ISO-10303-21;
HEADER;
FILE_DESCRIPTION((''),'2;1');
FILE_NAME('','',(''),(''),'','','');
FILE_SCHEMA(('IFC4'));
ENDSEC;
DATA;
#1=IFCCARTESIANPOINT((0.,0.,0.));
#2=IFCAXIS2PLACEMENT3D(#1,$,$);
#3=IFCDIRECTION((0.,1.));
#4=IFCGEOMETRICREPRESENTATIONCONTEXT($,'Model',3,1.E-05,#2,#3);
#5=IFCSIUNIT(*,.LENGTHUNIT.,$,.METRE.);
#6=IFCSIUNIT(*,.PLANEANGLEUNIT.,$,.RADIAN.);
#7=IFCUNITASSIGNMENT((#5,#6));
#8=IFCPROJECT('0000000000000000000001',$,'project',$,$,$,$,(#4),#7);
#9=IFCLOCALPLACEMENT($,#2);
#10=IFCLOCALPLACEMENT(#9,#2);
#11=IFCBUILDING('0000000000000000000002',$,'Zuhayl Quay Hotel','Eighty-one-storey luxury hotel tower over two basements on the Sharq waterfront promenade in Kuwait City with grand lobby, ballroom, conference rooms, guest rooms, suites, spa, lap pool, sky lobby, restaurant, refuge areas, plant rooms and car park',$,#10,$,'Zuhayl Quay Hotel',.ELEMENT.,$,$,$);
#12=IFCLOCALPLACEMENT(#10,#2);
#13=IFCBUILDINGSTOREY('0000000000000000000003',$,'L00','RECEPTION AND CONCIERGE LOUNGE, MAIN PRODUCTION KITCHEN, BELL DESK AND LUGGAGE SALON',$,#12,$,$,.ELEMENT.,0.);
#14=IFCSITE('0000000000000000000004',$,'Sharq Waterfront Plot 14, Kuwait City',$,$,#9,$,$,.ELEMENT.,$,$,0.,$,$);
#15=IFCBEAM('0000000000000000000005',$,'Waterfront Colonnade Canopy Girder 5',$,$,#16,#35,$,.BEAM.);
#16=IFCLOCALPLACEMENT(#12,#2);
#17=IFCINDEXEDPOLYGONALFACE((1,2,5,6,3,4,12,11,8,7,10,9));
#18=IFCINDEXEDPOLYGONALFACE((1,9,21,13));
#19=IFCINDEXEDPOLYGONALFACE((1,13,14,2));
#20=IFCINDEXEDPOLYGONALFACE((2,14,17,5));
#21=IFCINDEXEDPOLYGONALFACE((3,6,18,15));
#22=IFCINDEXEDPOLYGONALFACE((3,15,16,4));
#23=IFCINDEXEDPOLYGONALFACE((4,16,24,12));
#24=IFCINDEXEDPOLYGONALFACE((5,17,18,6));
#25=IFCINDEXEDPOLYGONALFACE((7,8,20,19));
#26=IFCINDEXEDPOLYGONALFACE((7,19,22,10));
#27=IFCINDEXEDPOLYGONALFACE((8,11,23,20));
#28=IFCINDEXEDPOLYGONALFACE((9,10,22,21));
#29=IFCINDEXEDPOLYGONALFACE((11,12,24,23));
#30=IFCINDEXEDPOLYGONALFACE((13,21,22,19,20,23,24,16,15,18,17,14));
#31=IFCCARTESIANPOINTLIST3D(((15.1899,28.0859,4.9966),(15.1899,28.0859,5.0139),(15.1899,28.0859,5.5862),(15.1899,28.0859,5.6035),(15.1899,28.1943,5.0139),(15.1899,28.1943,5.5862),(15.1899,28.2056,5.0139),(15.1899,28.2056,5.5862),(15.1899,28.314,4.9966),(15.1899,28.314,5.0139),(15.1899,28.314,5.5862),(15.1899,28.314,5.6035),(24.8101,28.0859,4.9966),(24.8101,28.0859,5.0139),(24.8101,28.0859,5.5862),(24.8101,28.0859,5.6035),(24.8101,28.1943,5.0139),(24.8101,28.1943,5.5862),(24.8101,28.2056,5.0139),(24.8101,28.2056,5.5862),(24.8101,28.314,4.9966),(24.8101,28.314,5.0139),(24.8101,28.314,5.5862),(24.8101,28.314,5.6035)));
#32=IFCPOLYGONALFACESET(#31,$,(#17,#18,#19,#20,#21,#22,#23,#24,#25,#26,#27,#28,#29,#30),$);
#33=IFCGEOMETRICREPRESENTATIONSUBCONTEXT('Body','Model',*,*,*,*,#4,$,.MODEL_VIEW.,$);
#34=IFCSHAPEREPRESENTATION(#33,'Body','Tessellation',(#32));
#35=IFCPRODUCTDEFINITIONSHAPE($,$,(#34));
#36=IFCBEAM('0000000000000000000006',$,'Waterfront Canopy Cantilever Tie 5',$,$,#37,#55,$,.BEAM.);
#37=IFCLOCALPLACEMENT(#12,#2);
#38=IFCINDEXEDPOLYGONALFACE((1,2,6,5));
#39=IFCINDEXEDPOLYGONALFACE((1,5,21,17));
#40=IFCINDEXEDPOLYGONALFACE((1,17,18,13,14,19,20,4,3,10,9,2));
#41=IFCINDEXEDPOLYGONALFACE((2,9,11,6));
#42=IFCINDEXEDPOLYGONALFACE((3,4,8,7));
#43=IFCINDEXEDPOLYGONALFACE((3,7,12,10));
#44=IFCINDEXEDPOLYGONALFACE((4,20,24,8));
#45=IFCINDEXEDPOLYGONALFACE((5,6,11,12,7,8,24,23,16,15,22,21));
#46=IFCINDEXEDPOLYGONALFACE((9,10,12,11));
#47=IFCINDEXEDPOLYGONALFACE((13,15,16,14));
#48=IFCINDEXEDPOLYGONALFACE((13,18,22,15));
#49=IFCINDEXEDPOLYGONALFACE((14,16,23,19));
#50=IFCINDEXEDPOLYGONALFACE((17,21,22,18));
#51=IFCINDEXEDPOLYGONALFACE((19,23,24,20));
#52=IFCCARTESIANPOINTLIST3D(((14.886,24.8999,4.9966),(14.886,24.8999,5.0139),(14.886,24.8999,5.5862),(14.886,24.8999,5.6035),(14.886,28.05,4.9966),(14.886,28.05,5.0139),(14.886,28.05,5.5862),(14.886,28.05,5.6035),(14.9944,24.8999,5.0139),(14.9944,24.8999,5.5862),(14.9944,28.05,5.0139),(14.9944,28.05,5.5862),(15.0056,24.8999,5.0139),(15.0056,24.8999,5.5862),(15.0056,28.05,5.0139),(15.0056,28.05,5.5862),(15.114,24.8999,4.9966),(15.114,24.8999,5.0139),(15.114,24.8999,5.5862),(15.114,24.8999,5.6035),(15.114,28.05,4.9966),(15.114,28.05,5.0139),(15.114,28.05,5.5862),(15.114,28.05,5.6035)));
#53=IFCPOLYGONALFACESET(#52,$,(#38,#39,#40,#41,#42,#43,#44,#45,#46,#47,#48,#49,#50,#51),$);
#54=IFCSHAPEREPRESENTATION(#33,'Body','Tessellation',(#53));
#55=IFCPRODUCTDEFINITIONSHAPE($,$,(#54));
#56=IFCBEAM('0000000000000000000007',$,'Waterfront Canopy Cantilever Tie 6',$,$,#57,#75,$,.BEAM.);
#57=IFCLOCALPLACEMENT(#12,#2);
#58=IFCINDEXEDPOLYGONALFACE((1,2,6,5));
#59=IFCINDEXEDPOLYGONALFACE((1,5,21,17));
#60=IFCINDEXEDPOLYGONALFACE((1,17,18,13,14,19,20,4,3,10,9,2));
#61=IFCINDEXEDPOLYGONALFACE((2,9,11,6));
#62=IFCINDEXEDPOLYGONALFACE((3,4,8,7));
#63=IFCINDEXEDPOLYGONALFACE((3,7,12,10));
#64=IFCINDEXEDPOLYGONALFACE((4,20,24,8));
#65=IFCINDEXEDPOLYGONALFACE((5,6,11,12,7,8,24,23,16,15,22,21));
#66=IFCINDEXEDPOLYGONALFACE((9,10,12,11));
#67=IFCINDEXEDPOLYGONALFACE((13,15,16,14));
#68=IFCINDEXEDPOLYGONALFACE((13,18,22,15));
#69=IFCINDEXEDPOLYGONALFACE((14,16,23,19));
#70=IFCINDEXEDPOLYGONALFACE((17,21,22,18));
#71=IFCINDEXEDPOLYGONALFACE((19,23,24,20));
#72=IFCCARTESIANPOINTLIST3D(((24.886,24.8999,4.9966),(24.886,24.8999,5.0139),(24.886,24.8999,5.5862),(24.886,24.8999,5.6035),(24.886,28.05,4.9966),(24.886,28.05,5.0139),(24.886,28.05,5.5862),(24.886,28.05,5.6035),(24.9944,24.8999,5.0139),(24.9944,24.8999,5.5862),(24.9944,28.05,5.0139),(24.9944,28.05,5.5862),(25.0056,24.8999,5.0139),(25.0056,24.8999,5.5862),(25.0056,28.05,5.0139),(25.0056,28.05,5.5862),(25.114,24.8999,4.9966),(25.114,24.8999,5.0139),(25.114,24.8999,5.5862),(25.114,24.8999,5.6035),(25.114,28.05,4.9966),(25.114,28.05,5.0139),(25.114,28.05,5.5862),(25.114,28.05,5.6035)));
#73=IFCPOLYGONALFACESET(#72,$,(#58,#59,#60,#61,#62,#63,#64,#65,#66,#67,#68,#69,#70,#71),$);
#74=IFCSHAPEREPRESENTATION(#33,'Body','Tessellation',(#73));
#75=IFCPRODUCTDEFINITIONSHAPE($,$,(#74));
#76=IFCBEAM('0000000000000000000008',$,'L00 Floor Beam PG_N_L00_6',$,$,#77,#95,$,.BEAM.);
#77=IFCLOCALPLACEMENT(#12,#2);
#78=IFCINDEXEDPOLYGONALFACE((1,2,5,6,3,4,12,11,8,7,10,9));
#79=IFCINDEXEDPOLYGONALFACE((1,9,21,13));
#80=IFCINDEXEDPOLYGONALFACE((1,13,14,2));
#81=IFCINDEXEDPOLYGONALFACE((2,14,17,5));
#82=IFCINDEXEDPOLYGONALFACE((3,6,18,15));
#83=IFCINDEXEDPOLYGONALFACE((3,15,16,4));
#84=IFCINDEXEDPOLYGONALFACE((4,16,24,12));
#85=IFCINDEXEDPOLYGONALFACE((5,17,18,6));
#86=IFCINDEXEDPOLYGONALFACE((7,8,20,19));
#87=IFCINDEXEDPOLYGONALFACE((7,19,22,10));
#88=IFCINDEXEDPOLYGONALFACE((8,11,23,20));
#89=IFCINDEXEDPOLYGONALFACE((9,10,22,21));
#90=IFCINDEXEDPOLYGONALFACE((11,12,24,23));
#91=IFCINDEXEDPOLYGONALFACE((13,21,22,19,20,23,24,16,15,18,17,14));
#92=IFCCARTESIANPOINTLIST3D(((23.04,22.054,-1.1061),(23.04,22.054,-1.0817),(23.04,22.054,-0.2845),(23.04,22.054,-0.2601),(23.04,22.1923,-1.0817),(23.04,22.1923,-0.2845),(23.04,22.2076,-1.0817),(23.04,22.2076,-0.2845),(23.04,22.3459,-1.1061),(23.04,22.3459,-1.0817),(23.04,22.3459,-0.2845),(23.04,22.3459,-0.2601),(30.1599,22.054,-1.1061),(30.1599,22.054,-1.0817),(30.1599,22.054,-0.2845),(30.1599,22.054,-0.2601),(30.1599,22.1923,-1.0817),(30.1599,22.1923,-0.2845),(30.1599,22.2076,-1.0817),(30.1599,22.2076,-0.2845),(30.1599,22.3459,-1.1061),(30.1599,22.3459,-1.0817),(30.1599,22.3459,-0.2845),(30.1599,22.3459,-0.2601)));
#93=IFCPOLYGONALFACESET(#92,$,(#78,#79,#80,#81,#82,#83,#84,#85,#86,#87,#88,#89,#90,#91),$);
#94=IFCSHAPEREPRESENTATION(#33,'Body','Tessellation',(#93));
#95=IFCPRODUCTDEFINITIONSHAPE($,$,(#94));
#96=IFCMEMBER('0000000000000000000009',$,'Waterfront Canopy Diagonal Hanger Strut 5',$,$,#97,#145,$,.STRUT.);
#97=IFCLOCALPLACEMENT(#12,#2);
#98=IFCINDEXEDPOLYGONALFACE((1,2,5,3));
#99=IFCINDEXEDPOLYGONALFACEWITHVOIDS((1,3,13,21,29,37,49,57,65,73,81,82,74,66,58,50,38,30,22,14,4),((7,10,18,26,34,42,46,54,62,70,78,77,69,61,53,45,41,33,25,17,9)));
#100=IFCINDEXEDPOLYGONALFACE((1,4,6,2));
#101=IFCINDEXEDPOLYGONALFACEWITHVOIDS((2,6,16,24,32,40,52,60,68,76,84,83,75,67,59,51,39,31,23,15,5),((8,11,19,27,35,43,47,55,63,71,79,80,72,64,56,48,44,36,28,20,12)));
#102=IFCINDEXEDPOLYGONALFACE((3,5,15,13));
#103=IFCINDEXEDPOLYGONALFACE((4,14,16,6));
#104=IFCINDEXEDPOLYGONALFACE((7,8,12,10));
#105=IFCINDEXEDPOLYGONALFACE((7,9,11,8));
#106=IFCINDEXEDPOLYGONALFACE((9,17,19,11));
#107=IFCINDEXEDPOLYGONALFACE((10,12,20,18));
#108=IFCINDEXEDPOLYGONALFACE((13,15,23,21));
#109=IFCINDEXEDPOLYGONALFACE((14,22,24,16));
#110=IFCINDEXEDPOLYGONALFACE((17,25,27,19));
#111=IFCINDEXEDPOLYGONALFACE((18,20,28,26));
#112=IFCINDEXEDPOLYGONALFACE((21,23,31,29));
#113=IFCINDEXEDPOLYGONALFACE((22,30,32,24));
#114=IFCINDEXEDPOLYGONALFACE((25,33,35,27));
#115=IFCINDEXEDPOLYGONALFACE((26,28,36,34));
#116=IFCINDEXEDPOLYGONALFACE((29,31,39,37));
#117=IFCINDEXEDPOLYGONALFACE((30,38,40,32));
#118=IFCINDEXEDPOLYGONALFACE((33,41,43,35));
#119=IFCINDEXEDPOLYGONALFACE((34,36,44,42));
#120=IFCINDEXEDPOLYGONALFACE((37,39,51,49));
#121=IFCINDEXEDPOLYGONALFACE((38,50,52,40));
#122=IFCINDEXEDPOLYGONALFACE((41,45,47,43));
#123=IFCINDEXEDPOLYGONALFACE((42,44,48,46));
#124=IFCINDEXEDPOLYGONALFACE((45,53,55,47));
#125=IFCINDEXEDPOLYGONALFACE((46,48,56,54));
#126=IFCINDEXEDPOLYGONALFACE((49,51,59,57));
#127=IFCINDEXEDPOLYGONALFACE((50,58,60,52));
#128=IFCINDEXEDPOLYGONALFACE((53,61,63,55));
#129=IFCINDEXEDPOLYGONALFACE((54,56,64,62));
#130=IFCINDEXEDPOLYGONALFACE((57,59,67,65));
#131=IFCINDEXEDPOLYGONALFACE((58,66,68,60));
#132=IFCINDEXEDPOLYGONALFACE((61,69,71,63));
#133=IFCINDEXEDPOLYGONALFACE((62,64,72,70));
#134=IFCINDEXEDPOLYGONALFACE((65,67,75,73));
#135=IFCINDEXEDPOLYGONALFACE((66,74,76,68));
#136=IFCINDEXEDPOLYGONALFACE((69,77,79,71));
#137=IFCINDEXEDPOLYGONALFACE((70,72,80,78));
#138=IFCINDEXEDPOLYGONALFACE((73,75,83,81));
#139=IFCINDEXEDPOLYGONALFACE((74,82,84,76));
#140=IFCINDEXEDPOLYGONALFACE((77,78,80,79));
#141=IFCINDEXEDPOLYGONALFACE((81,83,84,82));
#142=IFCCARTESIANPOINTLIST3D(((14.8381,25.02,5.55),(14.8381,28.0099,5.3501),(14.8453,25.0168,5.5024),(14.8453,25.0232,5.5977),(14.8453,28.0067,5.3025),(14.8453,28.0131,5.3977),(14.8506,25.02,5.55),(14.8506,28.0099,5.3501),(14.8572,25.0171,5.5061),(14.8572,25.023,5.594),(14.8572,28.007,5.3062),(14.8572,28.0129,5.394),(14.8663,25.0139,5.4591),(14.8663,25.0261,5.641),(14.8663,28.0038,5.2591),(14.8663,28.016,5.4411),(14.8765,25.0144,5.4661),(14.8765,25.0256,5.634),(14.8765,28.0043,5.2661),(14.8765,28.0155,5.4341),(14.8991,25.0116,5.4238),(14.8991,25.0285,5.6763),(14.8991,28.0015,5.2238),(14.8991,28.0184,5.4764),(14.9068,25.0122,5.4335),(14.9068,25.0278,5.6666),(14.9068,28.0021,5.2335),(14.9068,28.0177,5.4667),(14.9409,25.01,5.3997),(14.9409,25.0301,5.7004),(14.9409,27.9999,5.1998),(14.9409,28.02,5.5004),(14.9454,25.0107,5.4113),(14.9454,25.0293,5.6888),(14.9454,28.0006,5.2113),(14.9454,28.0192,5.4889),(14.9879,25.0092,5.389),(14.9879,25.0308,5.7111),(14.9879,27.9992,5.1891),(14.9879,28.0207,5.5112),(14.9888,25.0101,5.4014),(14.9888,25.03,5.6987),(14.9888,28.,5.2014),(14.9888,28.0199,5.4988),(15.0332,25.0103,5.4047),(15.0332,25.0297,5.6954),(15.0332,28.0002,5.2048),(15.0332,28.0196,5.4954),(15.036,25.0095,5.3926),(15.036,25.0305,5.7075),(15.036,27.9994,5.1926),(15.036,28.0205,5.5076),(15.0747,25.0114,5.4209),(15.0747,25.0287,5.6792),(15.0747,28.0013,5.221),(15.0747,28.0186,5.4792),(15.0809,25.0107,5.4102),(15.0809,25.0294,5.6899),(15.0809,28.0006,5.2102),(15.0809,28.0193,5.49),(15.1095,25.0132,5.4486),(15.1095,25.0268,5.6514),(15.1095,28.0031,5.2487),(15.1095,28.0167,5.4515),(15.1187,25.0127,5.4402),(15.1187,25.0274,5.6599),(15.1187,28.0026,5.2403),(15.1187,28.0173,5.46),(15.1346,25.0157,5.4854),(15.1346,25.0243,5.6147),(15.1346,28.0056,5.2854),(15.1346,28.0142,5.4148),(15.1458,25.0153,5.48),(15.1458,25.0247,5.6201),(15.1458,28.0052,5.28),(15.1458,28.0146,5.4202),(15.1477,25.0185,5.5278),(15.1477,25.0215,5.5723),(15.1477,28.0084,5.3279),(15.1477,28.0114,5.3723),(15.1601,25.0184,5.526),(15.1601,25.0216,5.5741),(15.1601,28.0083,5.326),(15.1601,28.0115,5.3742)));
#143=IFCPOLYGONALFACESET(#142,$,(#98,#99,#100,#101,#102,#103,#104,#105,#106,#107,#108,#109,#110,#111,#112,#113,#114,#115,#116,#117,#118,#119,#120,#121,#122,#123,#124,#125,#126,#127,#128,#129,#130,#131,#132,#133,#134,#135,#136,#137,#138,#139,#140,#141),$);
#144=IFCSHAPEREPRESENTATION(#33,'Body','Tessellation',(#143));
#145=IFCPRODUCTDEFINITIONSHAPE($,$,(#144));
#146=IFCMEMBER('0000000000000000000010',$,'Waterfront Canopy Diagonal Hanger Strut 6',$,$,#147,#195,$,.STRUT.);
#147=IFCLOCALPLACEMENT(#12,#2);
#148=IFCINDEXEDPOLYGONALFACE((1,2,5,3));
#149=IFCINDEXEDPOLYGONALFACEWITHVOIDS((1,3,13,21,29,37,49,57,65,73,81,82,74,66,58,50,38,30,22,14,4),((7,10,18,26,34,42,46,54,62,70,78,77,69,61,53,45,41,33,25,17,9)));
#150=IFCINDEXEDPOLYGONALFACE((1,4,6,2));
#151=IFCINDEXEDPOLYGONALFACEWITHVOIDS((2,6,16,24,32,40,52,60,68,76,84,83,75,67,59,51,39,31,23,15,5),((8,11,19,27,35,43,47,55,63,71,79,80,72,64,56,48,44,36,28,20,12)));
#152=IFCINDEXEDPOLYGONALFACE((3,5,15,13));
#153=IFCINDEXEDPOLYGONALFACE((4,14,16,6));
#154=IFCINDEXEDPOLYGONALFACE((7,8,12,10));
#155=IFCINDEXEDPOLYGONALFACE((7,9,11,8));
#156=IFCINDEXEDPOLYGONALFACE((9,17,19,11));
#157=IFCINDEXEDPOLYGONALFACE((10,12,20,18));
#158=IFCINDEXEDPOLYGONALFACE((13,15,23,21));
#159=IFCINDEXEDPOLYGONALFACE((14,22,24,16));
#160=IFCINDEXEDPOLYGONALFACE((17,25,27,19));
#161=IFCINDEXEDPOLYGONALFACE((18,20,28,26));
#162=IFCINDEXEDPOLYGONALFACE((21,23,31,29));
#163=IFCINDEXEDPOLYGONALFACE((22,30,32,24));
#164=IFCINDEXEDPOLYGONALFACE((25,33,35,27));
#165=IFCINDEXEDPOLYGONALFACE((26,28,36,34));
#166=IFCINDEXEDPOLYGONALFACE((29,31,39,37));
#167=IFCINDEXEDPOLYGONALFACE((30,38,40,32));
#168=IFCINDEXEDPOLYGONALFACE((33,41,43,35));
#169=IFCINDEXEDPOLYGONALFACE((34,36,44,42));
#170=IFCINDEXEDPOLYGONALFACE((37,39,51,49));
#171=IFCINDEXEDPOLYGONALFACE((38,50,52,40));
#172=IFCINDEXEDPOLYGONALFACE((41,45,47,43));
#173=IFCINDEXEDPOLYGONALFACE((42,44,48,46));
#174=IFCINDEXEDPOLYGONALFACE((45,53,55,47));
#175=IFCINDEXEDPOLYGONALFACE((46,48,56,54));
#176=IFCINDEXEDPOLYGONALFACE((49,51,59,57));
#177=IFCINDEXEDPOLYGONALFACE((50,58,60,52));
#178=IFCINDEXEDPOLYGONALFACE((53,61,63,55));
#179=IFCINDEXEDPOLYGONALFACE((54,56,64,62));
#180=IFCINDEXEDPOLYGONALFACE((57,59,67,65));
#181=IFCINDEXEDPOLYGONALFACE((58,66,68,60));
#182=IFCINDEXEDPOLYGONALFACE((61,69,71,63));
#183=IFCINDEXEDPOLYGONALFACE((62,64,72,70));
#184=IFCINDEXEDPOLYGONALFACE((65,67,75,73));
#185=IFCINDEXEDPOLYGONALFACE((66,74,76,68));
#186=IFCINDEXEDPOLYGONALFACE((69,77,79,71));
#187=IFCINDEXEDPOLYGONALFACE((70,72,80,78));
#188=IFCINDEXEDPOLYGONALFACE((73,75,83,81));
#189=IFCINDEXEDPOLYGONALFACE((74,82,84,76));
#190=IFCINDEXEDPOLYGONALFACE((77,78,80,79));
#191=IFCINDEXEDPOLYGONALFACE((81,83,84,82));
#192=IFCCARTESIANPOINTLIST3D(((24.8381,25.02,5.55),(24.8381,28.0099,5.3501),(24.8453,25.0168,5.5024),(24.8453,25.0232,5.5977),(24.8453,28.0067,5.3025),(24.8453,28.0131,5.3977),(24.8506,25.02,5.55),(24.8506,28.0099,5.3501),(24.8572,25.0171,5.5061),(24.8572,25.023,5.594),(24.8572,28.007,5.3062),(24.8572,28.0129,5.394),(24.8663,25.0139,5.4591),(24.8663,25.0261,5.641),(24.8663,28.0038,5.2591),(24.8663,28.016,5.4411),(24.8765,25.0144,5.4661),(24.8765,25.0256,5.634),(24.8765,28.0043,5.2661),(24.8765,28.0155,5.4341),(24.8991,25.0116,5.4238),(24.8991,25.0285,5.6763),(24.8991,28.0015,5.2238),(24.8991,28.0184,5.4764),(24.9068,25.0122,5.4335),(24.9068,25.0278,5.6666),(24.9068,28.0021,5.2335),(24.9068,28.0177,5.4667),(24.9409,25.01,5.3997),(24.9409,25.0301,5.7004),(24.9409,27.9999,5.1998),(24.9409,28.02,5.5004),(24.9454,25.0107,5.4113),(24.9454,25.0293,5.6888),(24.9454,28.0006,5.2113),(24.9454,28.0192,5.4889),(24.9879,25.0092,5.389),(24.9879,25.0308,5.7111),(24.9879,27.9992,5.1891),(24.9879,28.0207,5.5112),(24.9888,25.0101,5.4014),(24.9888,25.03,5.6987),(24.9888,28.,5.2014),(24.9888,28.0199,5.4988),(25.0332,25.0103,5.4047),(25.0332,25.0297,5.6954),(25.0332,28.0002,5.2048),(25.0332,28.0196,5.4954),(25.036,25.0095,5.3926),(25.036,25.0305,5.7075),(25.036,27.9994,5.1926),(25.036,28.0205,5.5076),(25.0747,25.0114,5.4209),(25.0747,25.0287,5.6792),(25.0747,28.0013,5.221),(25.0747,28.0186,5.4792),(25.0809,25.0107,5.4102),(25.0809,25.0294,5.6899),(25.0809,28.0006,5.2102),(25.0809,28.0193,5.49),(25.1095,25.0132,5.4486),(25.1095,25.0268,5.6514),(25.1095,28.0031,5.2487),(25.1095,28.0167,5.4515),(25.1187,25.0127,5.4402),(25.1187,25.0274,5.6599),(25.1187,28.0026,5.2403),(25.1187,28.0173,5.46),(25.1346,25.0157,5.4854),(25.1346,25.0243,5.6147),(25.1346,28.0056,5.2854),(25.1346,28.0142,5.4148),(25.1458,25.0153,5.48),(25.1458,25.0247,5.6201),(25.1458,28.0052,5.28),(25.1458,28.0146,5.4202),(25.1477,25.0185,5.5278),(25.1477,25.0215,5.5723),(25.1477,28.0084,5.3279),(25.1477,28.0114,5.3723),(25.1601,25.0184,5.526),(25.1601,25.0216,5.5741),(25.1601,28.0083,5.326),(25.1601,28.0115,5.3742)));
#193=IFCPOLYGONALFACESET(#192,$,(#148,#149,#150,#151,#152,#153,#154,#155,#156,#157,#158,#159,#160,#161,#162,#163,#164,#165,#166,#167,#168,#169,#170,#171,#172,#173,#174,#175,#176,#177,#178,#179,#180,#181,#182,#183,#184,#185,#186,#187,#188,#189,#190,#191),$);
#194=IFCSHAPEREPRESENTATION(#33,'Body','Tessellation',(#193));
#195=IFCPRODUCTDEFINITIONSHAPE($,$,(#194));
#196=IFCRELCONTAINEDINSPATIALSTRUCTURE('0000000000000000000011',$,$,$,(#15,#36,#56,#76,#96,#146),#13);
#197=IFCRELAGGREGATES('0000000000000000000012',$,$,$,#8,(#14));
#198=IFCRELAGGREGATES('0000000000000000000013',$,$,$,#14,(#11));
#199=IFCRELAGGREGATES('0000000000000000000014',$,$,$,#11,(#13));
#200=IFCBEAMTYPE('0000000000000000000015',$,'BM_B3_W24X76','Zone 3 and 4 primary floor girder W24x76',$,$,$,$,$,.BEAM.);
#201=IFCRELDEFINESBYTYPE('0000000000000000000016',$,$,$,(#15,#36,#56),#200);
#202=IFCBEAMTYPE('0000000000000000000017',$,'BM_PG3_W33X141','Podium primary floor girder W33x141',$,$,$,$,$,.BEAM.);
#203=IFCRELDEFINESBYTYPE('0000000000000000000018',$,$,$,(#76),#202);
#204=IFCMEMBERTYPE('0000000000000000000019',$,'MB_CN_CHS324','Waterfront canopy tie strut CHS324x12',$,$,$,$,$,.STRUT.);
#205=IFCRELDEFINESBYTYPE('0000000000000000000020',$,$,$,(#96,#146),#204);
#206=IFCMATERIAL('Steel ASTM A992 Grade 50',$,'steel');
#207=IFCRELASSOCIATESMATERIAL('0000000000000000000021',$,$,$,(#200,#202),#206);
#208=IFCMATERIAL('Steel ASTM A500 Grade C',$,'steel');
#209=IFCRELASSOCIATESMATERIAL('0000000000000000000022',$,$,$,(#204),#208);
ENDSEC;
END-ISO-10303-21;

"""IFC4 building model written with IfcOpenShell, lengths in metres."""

from ifc_helpers import new_model, si_unit, direction, frame, origin, origin_2d, place, context, subcontext, project, spatial, hollow_circle, i_section, extrude, material, material_profile, profile_set, type_object, element, save


model = new_model("IFC4")

# Units and contexts
model_context = context("Model", 3, precision=1e-05, world=origin(), true_north=direction((0.0, 1.0)))
body_context = subcontext(model_context, "Body", "Model", "MODEL_VIEW")
ifc_project = project(units=[si_unit("LENGTHUNIT", "METRE"), si_unit("PLANEANGLEUNIT", "RADIAN")], contexts=[model_context])

# Site, building, storey
site_placement = place(None, origin())
site = spatial("IfcSite", under=ifc_project, at=site_placement, Name="Sharq Waterfront Plot 14, Kuwait City", CompositionType="ELEMENT", RefElevation=0.0)
building_placement = place(site_placement, origin())
building = spatial("IfcBuilding", under=site, at=building_placement, Name="Zuhayl Quay Hotel", Description="Eighty-one-storey luxury hotel tower over two basements on the Sharq waterfront promenade in Kuwait City with grand lobby, ballroom, conference rooms, guest rooms, suites, spa, lap pool, sky lobby, restaurant, refuge areas, plant rooms and car park", LongName="Zuhayl Quay Hotel", CompositionType="ELEMENT")
storey_placement = place(building_placement, origin())
storey = spatial("IfcBuildingStorey", under=building, at=storey_placement, Name="L00", Description="RECEPTION AND CONCIERGE LOUNGE, MAIN PRODUCTION KITCHEN, BELL DESK AND LUGGAGE SALON", CompositionType="ELEMENT", Elevation=0.0)

# Beams
ifc_material_1 = material(Name="Steel ASTM A992 Grade 50", Category="steel")
ifc_material_profile_1 = material_profile(ifc_material_1, i_section(OverallWidth=0.228, OverallDepth=0.6069, WebThickness=0.0112, FlangeThickness=0.0173, at=origin_2d()), Name="W24X76")
ifc_profile_set_1 = profile_set([ifc_material_profile_1], Name="Steel ASTM A992 Grade 50")
beam_type_1 = type_object("IfcBeamType", Name="BM_B3_W24X76", Description="Zone 3 and 4 primary floor girder W24x76", PredefinedType="BEAM", material=ifc_profile_set_1)
beam_1_placement = place(storey_placement, frame((15.1899, 28.2, 5.3), z_axis=(1.0, 0.0, 0.0), x_axis=(0.0, 1.0, 0.0)))
element("IfcBeam", 1, at=beam_1_placement, inside=storey, type_object=beam_type_1, Name="Waterfront Colonnade Canopy Girder 5", PredefinedType="BEAM", context=body_context, shape_type="SweptSolid", body=[
    extrude(i_section(OverallWidth=0.228, OverallDepth=0.6069, WebThickness=0.0112, FlangeThickness=0.0173, at=origin_2d()), origin(), (0.0, 0.0, 1.0), 9.6201),
])
for number, where, z_axis, x_axis, name in (
    (2, (15.0, 24.8999, 5.3), (0.0, 1.0, 0.0), (-1.0, 0.0, 0.0), "Waterfront Canopy Cantilever Tie 5"),
    (3, (25.0, 24.8999, 5.3), (0.0, 1.0, 0.0), (-1.0, 0.0, 0.0), "Waterfront Canopy Cantilever Tie 6"),
):
    element("IfcBeam", number, at=place(storey_placement, frame(where, z_axis=z_axis, x_axis=x_axis)), inside=storey, type_object=beam_type_1, Name=name, PredefinedType="BEAM", context=body_context, shape_type="SweptSolid", body=[
        extrude(i_section(OverallWidth=0.228, OverallDepth=0.6069, WebThickness=0.0112, FlangeThickness=0.0173, at=origin_2d()), origin(), (0.0, 0.0, 1.0), 3.1501),
    ])
ifc_material_profile_2 = material_profile(ifc_material_1, i_section(OverallWidth=0.292, OverallDepth=0.8459, WebThickness=0.0154, FlangeThickness=0.0244, at=origin_2d()), Name="W33X141")
ifc_profile_set_2 = profile_set([ifc_material_profile_2], Name="Steel ASTM A992 Grade 50")
beam_type_2 = type_object("IfcBeamType", Name="BM_PG3_W33X141", Description="Podium primary floor girder W33x141", PredefinedType="BEAM", material=ifc_profile_set_2)
beam_2_placement = place(storey_placement, frame((23.04, 22.2, -0.6831), z_axis=(1.0, 0.0, 0.0), x_axis=(0.0, 1.0, 0.0)))
element("IfcBeam", 4, at=beam_2_placement, inside=storey, type_object=beam_type_2, Name="L00 Floor Beam PG_N_L00_6", PredefinedType="BEAM", context=body_context, shape_type="SweptSolid", body=[
    extrude(i_section(OverallWidth=0.292, OverallDepth=0.8459, WebThickness=0.0154, FlangeThickness=0.0244, at=origin_2d()), origin(), (0.0, 0.0, 1.0), 7.1199),
])

# Members
ifc_material_2 = material(Name="Steel ASTM A500 Grade C", Category="steel")
ifc_material_profile_3 = material_profile(ifc_material_2, hollow_circle(Radius=0.1619, WallThickness=0.0125, at=origin_2d()), Name="CHS324X12")
ifc_profile_set_3 = profile_set([ifc_material_profile_3], Name="Steel ASTM A500 Grade C")
member_type_1 = type_object("IfcMemberType", Name="MB_CN_CHS324", Description="Waterfront canopy tie strut CHS324x12", PredefinedType="STRUT", material=ifc_profile_set_3)
for number, where, z_axis, x_axis, name in (
    (5, (15.0, 25.02, 5.55), (0.0, 0.997771, -0.066724), (-1.0, 0.0, 0.0), "Waterfront Canopy Diagonal Hanger Strut 5"),
    (6, (25.0, 25.02, 5.55), (0.0, 0.997771, -0.066724), (-1.0, 0.0, 0.0), "Waterfront Canopy Diagonal Hanger Strut 6"),
):
    element("IfcMember", number, at=place(storey_placement, frame(where, z_axis=z_axis, x_axis=x_axis)), inside=storey, type_object=member_type_1, Name=name, PredefinedType="STRUT", context=body_context, shape_type="SweptSolid", body=[
        extrude(hollow_circle(Radius=0.1619, WallThickness=0.0125, at=origin_2d()), origin(), (0.0, 0.0, 1.0), 2.9966),
    ])

save(model, "model.ifc")
